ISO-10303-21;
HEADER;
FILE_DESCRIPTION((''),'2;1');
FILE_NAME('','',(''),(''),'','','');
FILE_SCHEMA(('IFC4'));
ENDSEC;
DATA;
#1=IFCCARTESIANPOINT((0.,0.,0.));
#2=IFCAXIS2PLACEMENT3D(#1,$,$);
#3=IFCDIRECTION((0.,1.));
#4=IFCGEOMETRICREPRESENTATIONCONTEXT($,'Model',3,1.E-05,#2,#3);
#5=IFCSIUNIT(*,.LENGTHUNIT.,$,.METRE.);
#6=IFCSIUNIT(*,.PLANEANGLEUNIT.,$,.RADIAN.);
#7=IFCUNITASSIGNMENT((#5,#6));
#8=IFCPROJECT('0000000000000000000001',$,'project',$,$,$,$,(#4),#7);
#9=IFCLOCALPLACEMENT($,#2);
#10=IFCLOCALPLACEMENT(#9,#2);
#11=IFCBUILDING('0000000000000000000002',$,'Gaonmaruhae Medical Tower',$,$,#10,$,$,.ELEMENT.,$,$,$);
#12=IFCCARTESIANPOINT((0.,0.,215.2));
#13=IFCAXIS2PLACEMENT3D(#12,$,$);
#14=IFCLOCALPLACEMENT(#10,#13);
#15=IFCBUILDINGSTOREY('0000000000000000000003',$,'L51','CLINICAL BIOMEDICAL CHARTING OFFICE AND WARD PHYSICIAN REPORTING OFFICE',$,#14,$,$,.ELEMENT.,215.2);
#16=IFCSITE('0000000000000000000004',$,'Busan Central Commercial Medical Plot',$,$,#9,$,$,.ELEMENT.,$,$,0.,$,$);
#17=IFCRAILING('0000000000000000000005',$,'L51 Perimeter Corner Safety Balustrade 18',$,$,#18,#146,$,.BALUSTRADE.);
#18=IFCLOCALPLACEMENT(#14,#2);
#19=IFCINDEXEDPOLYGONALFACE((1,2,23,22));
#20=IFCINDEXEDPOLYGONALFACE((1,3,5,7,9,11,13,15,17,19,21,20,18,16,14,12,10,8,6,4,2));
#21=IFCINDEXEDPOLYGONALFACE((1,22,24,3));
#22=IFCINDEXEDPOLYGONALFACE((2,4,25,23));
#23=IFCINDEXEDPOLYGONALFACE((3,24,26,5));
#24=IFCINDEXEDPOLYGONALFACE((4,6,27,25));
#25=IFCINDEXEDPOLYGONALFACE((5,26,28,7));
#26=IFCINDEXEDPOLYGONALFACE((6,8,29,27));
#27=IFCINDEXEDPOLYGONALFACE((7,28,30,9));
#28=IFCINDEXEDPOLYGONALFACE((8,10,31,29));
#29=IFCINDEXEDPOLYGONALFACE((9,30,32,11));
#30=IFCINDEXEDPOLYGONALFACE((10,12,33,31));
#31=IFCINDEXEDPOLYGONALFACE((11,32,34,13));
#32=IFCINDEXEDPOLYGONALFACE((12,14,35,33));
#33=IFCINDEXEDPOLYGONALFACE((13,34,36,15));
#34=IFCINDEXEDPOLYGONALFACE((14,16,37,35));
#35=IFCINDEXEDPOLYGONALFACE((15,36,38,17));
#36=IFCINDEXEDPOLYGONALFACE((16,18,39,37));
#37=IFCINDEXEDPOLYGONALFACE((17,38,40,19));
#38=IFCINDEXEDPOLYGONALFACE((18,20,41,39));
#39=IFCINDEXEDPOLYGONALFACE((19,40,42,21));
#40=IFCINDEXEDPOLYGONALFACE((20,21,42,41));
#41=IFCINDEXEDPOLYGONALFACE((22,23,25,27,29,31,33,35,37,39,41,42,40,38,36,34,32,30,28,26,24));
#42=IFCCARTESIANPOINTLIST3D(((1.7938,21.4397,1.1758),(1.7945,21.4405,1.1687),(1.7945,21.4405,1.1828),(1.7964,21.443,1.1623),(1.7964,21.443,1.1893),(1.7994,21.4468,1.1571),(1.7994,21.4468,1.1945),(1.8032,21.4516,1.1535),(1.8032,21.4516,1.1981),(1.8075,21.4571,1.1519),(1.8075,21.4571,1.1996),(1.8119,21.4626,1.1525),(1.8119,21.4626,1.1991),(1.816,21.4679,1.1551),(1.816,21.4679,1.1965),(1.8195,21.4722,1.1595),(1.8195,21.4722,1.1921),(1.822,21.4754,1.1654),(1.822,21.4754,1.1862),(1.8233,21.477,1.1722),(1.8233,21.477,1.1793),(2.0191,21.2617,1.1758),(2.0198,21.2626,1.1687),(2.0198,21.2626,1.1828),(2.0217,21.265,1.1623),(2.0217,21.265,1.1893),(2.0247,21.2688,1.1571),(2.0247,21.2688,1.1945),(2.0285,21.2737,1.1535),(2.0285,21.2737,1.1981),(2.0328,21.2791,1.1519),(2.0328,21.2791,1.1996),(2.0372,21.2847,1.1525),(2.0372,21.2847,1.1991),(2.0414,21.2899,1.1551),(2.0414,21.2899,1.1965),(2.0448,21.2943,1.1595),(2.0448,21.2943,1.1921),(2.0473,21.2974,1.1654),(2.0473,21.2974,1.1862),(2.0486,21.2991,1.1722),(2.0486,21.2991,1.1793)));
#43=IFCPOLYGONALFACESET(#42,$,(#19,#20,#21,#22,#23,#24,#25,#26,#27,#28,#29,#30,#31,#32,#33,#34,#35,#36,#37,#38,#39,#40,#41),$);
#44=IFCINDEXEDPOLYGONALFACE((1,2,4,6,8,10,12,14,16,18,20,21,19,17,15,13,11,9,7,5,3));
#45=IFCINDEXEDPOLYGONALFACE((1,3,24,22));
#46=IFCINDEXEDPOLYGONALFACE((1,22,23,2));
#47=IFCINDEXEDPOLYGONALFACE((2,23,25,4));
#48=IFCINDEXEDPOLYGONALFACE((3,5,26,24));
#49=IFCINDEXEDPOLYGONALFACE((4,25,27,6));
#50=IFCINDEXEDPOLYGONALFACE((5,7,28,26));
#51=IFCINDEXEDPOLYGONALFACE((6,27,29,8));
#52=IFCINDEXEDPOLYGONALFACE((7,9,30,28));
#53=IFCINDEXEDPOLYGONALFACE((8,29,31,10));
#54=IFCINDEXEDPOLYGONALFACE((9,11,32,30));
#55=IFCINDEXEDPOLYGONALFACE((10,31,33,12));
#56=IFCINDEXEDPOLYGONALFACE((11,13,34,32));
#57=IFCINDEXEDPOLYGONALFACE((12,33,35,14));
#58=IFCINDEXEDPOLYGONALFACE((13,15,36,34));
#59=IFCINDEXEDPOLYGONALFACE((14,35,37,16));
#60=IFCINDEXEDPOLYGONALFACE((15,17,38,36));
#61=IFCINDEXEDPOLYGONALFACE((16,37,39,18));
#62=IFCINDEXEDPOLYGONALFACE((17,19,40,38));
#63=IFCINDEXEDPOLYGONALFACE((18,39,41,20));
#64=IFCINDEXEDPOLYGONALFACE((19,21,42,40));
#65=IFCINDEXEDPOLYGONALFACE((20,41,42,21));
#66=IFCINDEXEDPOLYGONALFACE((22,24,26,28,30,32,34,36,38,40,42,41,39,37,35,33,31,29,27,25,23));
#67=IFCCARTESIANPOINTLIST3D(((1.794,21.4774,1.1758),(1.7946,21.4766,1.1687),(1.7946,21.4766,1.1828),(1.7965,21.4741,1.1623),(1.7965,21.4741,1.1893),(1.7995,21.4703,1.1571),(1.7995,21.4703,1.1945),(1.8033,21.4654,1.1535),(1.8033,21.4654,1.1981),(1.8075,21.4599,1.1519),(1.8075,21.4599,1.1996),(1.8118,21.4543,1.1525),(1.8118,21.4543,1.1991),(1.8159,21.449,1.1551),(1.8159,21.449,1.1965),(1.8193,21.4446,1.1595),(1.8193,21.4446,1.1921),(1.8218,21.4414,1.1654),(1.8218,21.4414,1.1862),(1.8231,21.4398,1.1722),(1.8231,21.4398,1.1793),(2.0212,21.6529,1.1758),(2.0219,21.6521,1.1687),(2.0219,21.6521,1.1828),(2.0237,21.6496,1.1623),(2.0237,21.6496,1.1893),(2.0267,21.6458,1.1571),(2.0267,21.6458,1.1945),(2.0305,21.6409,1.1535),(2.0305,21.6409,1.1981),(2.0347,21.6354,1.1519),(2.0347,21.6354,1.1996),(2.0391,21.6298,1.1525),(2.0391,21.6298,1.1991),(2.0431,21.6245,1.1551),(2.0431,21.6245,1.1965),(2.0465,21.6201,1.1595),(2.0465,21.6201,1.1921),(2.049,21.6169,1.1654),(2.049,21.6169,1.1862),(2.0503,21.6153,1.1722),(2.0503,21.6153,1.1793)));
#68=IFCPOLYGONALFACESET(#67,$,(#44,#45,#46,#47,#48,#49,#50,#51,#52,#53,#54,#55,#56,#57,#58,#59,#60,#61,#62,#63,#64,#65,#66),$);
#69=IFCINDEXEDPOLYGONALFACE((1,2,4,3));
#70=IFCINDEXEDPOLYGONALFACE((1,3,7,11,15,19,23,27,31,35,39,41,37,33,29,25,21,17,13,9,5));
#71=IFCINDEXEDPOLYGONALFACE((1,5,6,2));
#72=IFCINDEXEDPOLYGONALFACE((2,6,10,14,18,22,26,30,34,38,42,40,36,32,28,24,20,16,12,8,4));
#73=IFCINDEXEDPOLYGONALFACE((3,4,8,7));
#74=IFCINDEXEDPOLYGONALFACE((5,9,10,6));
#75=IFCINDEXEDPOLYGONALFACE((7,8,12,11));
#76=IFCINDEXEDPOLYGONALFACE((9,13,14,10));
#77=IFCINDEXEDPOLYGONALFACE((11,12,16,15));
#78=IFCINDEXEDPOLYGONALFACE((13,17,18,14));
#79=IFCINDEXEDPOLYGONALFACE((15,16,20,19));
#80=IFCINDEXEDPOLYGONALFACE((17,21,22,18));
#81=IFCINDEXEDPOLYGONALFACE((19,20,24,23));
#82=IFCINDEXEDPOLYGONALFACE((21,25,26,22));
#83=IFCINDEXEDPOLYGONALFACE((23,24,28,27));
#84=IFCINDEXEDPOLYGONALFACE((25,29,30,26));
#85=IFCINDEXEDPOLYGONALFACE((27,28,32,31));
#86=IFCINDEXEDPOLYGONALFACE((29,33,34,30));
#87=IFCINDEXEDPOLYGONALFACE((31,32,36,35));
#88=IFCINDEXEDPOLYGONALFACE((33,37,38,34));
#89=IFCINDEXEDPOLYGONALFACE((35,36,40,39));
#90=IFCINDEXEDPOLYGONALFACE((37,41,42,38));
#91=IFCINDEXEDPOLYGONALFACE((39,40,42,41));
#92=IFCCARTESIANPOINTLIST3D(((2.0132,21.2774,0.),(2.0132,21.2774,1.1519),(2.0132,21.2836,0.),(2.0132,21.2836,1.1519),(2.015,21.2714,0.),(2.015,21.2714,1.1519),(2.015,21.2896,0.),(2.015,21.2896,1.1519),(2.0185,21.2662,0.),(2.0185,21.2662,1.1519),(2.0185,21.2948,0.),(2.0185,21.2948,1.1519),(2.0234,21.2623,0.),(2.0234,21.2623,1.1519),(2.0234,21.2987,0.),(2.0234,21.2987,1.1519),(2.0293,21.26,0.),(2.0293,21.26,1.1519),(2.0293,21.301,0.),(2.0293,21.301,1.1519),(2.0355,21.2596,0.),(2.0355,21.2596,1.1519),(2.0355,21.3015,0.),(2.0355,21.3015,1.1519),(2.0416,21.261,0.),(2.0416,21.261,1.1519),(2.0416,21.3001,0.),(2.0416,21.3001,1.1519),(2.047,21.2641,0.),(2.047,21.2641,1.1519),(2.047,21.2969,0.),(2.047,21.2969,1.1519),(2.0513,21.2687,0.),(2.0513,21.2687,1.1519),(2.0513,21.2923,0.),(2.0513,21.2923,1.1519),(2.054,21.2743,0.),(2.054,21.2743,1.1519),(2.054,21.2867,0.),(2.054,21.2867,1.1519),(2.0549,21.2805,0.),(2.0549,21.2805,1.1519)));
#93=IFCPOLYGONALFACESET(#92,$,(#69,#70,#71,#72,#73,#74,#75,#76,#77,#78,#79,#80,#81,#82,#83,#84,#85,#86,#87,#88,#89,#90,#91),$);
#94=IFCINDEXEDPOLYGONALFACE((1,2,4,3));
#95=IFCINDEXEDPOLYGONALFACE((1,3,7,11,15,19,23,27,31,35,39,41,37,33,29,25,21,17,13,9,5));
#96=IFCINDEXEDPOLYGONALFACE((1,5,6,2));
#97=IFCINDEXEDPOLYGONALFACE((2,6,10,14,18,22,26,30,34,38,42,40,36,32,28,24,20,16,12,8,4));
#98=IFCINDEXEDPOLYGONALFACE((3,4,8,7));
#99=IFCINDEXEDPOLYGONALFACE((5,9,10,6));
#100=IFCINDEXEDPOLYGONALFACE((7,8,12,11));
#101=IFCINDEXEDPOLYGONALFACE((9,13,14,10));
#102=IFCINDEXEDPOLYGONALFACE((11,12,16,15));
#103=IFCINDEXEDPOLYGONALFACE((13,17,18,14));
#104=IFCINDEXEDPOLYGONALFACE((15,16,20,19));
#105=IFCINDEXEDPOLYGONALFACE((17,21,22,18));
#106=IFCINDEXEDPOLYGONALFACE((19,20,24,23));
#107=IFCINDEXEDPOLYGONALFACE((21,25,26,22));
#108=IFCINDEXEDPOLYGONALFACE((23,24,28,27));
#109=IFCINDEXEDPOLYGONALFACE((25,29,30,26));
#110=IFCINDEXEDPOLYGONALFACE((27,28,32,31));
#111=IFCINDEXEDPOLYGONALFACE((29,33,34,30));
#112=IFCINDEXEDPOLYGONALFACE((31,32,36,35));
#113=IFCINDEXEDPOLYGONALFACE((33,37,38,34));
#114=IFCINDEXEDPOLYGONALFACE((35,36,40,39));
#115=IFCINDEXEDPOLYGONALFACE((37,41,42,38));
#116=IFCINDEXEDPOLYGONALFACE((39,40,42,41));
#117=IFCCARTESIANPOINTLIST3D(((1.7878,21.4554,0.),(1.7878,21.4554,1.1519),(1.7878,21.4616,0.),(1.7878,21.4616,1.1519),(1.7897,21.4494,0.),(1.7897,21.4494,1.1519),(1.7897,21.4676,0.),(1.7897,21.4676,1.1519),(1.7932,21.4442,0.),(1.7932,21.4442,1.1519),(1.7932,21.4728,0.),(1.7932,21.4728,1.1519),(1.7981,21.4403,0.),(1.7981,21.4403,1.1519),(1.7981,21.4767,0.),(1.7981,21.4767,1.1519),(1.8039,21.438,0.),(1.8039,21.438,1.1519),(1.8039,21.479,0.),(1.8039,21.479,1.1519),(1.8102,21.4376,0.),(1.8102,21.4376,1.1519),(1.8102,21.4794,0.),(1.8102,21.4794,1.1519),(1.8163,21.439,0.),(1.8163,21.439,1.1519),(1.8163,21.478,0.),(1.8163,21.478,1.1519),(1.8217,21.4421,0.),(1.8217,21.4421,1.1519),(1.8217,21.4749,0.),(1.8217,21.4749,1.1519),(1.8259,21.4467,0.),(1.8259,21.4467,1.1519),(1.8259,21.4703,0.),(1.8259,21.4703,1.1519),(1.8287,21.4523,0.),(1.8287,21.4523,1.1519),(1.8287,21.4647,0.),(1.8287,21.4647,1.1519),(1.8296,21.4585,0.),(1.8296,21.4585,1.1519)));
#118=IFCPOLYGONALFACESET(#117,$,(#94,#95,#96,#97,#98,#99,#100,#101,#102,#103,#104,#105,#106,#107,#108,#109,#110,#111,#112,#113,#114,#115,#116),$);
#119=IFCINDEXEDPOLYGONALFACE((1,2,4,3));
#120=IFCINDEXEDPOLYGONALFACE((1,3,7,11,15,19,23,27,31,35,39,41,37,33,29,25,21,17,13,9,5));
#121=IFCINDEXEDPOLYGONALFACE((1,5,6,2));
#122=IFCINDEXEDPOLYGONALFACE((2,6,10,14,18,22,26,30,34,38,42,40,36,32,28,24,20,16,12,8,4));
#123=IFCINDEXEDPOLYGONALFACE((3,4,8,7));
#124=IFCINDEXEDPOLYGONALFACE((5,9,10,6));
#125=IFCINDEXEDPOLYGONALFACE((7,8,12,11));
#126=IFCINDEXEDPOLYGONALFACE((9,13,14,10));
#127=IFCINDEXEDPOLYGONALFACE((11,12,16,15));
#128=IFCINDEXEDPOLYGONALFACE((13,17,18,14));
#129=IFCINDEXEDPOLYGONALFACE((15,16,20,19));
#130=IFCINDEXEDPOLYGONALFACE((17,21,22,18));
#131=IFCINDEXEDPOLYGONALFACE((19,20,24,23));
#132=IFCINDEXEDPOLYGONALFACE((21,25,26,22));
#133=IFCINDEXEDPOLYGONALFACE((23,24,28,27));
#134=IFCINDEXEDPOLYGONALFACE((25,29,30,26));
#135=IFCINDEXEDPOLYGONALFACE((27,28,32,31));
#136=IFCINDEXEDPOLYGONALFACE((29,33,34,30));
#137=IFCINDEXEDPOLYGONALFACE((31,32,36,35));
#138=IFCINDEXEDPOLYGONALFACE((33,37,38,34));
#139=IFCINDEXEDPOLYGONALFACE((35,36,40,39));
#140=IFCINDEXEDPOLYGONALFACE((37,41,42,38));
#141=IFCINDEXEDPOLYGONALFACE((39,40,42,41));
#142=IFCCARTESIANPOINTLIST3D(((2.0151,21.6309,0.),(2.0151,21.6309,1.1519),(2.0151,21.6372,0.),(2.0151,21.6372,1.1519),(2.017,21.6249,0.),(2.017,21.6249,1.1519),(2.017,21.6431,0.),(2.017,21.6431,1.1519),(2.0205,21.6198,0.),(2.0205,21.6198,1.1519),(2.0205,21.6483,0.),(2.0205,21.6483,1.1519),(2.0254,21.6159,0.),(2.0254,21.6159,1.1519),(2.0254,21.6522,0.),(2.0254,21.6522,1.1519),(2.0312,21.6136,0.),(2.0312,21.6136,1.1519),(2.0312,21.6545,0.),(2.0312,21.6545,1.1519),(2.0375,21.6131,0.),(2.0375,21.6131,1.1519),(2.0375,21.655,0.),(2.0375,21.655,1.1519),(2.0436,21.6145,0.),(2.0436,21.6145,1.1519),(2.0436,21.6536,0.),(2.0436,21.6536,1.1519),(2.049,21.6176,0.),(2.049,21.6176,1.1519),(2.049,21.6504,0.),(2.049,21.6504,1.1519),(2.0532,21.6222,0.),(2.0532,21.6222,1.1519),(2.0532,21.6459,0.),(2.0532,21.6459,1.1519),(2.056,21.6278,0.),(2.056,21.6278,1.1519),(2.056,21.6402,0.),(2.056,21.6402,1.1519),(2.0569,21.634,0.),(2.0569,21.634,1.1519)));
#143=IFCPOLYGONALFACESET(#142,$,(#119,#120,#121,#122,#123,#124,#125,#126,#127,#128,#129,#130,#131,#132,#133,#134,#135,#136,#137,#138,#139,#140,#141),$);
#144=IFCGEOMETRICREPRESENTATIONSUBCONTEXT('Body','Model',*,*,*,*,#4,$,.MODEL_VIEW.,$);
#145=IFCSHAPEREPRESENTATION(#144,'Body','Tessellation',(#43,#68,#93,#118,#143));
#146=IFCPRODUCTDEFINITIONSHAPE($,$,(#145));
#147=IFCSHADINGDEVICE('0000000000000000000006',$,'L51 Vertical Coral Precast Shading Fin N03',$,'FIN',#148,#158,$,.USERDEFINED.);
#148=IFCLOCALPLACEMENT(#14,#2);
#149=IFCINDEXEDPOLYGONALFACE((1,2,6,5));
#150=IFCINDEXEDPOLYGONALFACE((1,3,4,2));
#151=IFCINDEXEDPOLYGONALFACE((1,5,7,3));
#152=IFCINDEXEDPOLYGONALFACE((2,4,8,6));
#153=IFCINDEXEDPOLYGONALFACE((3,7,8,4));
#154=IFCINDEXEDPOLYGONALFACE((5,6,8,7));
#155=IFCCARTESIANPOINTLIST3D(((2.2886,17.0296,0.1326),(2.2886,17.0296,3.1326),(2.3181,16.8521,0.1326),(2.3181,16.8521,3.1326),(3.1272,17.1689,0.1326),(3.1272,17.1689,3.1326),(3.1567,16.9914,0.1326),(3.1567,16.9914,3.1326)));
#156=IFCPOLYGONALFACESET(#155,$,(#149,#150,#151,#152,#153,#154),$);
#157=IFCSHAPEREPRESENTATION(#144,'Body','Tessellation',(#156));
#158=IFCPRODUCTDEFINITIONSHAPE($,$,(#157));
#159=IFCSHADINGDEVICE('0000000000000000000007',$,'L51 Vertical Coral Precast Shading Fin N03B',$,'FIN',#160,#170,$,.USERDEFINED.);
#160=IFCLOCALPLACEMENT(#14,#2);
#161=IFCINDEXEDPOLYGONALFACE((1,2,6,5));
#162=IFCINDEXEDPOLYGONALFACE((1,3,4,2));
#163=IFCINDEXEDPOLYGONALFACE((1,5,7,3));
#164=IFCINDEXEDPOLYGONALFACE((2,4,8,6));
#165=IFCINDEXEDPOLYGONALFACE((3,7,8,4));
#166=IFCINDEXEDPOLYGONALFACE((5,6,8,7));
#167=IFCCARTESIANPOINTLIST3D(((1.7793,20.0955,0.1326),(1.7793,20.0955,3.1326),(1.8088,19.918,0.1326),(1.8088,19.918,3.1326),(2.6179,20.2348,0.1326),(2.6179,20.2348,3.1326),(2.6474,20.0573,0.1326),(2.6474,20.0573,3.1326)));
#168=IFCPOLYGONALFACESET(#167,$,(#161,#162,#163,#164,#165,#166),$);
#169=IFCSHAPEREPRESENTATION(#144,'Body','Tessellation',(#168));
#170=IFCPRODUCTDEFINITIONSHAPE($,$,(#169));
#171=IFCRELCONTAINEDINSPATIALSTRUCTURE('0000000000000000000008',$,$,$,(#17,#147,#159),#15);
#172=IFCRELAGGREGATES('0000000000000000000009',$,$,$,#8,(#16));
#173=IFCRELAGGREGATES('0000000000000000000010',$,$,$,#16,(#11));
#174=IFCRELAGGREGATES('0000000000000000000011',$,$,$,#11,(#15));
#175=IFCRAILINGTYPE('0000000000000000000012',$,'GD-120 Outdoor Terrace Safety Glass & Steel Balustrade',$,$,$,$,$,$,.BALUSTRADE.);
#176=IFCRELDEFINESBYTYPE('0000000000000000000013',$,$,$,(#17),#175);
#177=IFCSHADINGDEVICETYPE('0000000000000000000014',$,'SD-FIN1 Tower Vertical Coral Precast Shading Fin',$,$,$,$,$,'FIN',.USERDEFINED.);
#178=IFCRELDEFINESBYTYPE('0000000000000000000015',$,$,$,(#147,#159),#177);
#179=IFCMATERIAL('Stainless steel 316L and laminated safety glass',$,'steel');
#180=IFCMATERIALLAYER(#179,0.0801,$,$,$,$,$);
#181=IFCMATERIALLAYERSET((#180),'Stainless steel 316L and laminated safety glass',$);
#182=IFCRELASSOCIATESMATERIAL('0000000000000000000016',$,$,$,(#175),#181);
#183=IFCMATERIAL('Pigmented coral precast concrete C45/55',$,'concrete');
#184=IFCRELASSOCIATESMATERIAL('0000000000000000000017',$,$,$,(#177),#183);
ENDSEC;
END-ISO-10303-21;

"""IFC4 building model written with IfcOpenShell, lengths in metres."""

from ifc_helpers import new_model, si_unit, direction, frame, origin, origin_2d, place, context, subcontext, project, spatial, rectangle, circle, extrude, material, layer, layer_set, type_object, element, save


model = new_model("IFC4")

# Units and contexts
model_context = context("Model", 3, precision=1e-05, world=origin(), true_north=direction((0.0, 1.0)))
body_context = subcontext(model_context, "Body", "Model", "MODEL_VIEW")
ifc_project = project(units=[si_unit("LENGTHUNIT", "METRE"), si_unit("PLANEANGLEUNIT", "RADIAN")], contexts=[model_context])

# Site, building, storey
site_placement = place(None, origin())
site = spatial("IfcSite", under=ifc_project, at=site_placement, Name="Busan Central Commercial Medical Plot", CompositionType="ELEMENT", RefElevation=0.0)
building_placement = place(site_placement, origin())
building = spatial("IfcBuilding", under=site, at=building_placement, Name="Gaonmaruhae Medical Tower", CompositionType="ELEMENT")
storey_placement = place(building_placement, frame((0.0, 0.0, 215.2)))
storey = spatial("IfcBuildingStorey", under=building, at=storey_placement, Name="L51", Description="CLINICAL BIOMEDICAL CHARTING OFFICE AND WARD PHYSICIAN REPORTING OFFICE", CompositionType="ELEMENT", Elevation=215.2)

# Railing
ifc_material_1 = material(Name="Stainless steel 316L and laminated safety glass", Category="steel")
ifc_layer_1 = layer(ifc_material_1, 0.0801)
ifc_layer_set_1 = layer_set([ifc_layer_1], Name="Stainless steel 316L and laminated safety glass")
railing_type = type_object("IfcRailingType", Name="GD-120 Outdoor Terrace Safety Glass & Steel Balustrade", PredefinedType="BALUSTRADE", material=ifc_layer_set_1)
railing_1_placement = place(storey_placement, frame((2.0339, 21.2805, 0.0)))
element("IfcRailing", 1, at=railing_1_placement, inside=storey, type_object=railing_type, Name="L51 Perimeter Corner Safety Balustrade 18", PredefinedType="BALUSTRADE", context=body_context, shape_type="SweptSolid", body=[
    extrude(circle(Radius=0.0239, at=origin_2d()), frame((0.0, 0.0, 1.1758), z_axis=(-0.784752, 0.61981, 0.0), x_axis=(-0.61981, -0.784752, 0.0)), (0.0, 0.0, 1.0), 0.2871),
    extrude(circle(Radius=0.0239, at=origin_2d()), frame((-0.2253, 0.178, 1.1758), z_axis=(0.791453, 0.61123, 0.0), x_axis=(-0.61123, 0.791453, 0.0)), (0.0, 0.0, 1.0), 0.2871),
    extrude(circle(Radius=0.021, at=origin_2d()), origin(), (0.0, 0.0, 1.0), 1.1519),
    extrude(circle(Radius=0.021, at=origin_2d()), frame((-0.2253, 0.178, 0.0)), (0.0, 0.0, 1.0), 1.1519),
    extrude(circle(Radius=0.021, at=origin_2d()), frame((0.002, 0.3535, 0.0)), (0.0, 0.0, 1.0), 1.1519),
])

# Shading devices
ifc_material_2 = material(Name="Pigmented coral precast concrete C45/55", Category="concrete")
shading_device_type = type_object("IfcShadingDeviceType", Name="SD-FIN1 Tower Vertical Coral Precast Shading Fin", ElementType="FIN", PredefinedType="USERDEFINED", material=ifc_material_2)
for number, where, z_axis, x_axis, name in (
    (2, (2.7227, 17.0105, 0.1326), (0.0, 0.0, 1.0), (-0.163877, 0.986481, 0.0), "L51 Vertical Coral Precast Shading Fin N03"),
    (3, (2.2134, 20.0764, 0.1326), (0.0, 0.0, 1.0), (-0.163877, 0.986481, 0.0), "L51 Vertical Coral Precast Shading Fin N03B"),
):
    element("IfcShadingDevice", number, at=place(storey_placement, frame(where, z_axis=z_axis, x_axis=x_axis)), inside=storey, type_object=shading_device_type, Name=name, ObjectType="FIN", PredefinedType="USERDEFINED", context=body_context, shape_type="SweptSolid", body=[
        extrude(rectangle(XDim=0.1799, YDim=0.8501, at=origin_2d()), origin(), (0.0, 0.0, 1.0), 3.0),
    ])

save(model, "model.ifc")
